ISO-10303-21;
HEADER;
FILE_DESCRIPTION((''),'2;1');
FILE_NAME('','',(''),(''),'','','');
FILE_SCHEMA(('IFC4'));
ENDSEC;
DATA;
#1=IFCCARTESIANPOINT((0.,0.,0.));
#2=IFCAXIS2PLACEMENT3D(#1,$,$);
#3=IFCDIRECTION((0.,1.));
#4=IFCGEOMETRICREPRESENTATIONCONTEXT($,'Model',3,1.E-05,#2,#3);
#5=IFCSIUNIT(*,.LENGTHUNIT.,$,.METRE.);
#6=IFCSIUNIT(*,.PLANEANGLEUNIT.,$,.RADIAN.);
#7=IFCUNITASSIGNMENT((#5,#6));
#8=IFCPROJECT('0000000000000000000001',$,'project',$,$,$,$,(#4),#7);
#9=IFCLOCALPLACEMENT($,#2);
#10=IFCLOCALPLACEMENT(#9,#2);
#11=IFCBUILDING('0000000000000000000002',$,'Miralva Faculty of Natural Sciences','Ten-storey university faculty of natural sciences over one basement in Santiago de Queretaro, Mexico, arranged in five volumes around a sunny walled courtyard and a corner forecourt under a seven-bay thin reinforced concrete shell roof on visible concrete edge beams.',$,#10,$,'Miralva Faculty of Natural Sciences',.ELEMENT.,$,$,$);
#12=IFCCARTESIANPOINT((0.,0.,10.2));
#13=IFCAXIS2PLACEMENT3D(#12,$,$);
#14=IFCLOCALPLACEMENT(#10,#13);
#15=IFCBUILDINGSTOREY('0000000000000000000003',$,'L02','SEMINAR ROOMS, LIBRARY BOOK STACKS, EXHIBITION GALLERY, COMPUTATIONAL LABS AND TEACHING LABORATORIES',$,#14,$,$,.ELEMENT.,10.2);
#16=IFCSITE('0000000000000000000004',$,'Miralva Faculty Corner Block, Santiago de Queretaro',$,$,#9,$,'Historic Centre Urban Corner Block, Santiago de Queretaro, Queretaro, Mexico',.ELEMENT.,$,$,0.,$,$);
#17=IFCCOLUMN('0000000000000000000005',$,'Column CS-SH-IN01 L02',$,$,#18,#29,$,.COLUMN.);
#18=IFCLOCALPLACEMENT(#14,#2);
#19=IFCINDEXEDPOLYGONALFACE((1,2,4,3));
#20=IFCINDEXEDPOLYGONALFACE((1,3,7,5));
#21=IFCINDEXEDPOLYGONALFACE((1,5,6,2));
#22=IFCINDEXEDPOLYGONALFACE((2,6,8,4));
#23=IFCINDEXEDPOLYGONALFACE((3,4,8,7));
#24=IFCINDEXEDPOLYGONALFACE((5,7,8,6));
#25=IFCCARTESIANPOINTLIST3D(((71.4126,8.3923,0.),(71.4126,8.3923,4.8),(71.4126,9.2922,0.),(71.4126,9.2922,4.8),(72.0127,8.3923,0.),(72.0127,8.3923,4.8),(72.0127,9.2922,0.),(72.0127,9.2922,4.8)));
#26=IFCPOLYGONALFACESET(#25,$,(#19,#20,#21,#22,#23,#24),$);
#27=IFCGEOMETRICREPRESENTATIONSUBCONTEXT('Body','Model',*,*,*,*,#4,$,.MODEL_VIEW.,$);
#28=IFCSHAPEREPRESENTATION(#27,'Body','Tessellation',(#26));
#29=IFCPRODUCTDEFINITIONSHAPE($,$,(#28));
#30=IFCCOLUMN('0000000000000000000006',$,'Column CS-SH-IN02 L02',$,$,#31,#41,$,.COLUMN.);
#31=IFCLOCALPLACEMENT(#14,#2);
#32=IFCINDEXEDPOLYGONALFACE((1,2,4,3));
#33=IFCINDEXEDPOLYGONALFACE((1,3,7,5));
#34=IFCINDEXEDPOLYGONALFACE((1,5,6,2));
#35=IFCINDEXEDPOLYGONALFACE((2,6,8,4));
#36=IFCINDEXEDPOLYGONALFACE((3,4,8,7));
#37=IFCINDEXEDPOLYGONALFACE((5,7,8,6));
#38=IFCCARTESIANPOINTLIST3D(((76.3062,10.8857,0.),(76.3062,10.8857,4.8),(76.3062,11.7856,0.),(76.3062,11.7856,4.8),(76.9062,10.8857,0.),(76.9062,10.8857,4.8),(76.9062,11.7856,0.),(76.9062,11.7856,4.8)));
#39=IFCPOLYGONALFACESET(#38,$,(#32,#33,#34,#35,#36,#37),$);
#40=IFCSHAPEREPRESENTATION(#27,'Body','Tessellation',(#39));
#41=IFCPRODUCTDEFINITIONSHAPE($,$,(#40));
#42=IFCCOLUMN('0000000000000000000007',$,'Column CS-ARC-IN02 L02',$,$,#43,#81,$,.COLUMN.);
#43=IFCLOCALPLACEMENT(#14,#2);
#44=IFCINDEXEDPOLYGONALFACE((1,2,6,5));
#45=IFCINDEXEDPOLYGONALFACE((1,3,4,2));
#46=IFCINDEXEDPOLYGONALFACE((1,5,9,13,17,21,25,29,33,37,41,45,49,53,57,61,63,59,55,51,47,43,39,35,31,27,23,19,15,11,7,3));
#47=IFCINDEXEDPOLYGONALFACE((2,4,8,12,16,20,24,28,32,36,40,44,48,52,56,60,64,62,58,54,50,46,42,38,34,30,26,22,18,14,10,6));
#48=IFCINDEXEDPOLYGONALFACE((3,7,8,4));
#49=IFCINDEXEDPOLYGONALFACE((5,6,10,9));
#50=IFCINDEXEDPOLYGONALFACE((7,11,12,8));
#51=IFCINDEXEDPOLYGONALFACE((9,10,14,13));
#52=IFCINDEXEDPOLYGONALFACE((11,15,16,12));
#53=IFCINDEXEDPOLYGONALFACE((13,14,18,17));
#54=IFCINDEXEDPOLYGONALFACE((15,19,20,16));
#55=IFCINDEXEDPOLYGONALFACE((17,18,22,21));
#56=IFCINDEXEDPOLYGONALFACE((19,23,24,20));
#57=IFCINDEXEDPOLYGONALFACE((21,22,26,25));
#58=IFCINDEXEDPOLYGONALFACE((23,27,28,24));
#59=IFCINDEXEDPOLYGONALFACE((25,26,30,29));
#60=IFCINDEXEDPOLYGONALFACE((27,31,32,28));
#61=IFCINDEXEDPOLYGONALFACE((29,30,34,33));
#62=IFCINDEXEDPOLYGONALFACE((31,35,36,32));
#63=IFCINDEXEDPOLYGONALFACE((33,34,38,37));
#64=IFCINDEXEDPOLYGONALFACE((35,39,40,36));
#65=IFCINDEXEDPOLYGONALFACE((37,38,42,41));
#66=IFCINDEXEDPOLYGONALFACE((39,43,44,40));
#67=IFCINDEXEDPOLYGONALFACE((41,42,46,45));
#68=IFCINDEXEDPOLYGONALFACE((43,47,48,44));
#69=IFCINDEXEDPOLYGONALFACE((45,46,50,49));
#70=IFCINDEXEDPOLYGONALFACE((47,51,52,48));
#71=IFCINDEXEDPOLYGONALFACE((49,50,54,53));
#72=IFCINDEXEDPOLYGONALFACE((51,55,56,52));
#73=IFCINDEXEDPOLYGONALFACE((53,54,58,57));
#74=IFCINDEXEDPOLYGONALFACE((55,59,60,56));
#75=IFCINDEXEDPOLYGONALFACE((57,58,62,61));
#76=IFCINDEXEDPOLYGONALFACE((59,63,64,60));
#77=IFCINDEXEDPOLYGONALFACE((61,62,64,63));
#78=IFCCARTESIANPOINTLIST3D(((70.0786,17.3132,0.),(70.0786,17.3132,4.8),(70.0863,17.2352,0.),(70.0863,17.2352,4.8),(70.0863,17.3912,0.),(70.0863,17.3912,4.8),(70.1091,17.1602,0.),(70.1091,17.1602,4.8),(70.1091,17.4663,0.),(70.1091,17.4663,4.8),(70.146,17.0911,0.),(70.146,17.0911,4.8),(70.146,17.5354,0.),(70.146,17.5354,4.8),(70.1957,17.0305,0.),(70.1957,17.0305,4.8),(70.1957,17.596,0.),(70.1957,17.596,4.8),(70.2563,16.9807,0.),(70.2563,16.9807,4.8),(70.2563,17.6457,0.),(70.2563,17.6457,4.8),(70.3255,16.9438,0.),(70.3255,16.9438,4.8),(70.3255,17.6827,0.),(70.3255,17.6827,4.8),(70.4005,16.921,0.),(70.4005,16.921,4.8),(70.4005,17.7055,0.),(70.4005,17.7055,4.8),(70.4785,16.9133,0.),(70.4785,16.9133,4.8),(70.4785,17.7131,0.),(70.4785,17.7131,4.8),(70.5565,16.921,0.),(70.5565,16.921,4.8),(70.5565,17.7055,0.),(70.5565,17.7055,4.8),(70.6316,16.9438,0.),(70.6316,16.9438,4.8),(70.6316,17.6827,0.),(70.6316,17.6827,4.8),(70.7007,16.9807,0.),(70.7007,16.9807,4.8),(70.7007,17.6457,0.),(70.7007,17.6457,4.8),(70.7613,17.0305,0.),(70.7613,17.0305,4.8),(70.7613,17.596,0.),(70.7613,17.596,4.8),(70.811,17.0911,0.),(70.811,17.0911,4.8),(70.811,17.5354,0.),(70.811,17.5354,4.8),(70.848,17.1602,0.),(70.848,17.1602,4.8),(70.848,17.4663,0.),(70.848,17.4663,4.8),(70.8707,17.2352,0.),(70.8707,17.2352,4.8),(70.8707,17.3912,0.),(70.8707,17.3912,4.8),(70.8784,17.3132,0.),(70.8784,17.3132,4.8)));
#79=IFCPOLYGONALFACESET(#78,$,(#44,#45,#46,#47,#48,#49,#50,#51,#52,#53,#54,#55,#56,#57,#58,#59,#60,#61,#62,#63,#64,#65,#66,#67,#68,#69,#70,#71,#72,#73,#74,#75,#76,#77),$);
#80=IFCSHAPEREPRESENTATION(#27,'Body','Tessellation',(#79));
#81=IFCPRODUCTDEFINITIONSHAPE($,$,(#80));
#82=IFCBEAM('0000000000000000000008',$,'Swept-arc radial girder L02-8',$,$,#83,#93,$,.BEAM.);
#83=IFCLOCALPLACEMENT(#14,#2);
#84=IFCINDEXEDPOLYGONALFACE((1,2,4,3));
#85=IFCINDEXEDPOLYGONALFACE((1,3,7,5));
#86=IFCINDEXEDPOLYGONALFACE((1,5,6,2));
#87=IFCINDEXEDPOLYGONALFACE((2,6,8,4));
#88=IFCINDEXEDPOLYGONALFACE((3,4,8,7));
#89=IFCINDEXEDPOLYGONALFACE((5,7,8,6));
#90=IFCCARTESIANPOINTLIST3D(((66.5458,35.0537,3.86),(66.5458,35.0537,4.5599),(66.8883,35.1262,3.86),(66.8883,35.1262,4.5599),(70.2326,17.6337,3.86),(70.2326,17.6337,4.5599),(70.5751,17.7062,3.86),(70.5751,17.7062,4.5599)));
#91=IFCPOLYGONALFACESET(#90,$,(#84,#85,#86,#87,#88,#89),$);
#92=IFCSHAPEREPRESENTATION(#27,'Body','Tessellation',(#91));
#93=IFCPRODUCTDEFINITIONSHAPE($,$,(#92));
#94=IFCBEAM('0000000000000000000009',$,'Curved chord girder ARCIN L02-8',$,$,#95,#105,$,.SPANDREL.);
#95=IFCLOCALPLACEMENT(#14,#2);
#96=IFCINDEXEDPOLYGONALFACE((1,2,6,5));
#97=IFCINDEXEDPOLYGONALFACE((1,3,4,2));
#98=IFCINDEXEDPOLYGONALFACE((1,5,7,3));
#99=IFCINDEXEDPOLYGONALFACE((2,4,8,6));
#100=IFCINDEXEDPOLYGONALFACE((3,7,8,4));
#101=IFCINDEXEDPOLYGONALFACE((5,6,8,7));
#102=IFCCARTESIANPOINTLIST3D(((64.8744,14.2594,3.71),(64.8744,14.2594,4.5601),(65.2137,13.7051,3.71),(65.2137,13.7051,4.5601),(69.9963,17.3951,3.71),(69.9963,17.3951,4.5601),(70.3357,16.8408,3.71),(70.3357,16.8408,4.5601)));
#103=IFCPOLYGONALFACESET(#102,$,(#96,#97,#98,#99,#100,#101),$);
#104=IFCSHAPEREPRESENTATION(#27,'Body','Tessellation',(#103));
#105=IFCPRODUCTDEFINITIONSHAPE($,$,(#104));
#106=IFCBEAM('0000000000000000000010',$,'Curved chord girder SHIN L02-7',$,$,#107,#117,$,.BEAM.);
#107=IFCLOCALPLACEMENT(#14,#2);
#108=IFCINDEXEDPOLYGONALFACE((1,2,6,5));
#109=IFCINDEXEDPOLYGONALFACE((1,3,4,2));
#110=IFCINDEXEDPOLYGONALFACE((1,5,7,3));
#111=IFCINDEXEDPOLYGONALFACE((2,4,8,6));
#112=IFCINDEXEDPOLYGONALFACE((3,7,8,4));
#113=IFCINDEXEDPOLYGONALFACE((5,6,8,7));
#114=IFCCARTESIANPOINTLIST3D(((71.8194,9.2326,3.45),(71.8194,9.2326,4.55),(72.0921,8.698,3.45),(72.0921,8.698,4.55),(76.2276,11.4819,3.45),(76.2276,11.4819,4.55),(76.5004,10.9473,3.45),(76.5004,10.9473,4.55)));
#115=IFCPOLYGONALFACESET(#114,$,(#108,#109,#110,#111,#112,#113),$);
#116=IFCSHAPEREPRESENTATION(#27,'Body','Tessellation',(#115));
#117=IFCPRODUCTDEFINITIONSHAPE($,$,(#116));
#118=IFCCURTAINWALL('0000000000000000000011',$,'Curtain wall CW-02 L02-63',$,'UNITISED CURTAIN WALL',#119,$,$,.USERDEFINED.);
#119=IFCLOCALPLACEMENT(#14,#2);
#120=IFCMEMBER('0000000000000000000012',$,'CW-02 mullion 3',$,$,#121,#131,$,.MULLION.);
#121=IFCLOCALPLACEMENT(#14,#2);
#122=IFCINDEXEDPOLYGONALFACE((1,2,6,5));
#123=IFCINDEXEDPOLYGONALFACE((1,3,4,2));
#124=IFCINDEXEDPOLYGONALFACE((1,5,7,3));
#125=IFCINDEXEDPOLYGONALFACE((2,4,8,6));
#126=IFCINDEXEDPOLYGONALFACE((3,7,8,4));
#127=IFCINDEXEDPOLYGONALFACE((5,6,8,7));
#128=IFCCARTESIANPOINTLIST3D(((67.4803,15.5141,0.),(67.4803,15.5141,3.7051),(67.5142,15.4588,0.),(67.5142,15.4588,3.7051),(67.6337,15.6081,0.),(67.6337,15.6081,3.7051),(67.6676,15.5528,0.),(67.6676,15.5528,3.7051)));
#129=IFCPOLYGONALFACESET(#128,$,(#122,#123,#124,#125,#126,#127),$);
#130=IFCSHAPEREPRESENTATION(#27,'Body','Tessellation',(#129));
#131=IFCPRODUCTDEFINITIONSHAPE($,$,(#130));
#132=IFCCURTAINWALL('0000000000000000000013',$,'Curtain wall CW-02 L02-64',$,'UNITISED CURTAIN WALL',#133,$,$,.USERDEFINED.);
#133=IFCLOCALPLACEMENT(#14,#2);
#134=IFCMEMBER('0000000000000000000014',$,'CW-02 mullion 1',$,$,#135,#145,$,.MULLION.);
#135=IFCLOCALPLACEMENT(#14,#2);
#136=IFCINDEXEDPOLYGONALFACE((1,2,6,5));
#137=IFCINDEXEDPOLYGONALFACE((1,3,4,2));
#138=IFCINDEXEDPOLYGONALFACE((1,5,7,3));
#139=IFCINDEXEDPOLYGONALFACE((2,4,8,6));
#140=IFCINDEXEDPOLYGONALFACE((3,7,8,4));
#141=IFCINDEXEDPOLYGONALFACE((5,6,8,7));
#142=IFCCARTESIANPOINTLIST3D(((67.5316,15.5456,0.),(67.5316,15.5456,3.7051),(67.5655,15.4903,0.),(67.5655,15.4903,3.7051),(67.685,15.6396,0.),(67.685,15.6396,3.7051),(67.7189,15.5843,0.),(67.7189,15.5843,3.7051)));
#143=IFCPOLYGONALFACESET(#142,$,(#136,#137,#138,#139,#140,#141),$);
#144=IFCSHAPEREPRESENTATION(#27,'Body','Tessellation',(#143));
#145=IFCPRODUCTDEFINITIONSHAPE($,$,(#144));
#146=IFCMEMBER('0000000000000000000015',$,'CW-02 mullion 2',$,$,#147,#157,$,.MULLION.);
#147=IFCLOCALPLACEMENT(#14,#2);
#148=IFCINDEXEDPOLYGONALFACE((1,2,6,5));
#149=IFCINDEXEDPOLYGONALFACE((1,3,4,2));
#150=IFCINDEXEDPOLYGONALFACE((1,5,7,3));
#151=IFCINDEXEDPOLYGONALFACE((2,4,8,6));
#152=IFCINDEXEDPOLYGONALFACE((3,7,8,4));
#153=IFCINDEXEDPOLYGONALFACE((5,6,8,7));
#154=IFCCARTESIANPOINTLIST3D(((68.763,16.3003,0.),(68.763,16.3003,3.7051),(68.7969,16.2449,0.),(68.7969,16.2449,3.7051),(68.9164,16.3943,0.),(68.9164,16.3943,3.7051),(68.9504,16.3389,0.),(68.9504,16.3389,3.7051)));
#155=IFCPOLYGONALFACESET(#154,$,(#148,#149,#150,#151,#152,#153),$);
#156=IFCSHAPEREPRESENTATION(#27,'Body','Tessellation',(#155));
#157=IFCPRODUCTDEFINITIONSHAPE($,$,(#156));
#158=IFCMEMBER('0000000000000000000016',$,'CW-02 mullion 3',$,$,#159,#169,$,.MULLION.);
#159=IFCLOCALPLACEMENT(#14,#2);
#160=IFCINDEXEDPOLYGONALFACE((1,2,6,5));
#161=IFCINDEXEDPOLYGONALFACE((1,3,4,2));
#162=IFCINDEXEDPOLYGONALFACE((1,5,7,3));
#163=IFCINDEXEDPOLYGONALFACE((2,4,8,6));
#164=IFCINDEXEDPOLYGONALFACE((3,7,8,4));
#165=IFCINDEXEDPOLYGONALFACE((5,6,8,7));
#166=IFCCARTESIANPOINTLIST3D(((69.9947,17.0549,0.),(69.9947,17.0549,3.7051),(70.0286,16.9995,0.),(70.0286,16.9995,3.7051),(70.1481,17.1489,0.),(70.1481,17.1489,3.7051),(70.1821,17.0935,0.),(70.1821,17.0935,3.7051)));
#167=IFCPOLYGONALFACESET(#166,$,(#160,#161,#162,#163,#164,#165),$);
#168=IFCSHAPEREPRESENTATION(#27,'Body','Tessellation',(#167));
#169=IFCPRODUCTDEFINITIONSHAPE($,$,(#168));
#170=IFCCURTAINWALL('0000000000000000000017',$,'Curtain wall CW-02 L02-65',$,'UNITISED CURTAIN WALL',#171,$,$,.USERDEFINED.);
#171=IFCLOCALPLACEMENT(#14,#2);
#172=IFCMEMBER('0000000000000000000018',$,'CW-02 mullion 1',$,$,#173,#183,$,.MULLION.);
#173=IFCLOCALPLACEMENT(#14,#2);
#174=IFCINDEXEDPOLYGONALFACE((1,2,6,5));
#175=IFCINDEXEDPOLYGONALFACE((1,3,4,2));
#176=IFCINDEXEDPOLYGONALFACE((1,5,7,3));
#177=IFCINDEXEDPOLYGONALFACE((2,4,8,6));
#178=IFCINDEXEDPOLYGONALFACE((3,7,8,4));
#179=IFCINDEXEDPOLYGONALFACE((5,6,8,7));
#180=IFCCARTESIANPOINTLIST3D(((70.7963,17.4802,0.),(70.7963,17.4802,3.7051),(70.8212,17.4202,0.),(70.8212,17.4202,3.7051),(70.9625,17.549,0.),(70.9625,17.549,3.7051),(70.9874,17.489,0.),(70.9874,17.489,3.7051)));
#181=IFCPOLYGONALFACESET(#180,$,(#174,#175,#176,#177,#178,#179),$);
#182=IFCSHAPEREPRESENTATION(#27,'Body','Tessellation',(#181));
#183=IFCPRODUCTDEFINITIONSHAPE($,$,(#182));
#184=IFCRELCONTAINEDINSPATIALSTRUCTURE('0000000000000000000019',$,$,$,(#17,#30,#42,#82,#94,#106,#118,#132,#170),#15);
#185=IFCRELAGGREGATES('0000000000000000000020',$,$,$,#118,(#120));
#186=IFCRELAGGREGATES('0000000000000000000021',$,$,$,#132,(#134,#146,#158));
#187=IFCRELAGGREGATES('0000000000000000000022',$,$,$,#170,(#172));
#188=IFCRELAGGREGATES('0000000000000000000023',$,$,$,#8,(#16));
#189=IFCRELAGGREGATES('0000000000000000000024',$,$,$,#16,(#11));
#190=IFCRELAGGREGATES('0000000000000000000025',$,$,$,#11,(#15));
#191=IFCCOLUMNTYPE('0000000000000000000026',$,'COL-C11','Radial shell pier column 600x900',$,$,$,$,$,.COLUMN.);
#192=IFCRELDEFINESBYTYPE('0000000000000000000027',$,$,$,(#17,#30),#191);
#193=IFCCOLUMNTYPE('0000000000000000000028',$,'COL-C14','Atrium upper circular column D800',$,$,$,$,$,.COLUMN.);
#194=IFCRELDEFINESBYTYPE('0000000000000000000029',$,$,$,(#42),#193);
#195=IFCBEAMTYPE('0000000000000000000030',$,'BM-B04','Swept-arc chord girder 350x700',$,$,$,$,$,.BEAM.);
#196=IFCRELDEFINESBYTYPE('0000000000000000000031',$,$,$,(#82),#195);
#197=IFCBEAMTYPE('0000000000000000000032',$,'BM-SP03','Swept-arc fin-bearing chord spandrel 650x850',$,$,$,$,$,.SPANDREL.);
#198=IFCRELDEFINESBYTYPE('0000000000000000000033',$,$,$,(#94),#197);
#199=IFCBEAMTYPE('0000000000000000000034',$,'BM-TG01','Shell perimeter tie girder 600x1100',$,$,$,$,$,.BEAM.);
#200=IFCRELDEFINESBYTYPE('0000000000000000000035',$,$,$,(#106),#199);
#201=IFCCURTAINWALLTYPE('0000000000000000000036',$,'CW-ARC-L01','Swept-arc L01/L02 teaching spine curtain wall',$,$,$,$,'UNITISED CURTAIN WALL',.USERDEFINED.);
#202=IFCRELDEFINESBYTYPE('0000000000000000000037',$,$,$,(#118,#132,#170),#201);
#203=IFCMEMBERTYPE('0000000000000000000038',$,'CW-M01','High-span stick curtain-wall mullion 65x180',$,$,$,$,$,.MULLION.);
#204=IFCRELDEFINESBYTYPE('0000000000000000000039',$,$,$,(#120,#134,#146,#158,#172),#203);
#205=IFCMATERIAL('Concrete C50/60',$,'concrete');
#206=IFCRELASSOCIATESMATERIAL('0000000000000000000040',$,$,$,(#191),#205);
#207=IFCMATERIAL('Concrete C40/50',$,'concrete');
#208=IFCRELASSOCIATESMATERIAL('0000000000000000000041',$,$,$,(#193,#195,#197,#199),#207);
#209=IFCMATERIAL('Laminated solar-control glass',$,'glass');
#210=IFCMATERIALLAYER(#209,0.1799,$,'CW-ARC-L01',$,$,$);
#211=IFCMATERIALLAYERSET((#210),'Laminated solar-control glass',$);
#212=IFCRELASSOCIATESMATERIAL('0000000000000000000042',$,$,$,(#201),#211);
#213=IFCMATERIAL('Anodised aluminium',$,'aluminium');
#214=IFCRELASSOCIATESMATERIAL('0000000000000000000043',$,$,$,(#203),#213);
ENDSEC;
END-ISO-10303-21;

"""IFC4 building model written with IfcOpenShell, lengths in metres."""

from ifc_helpers import new_model, si_unit, direction, frame, origin, origin_2d, place, context, subcontext, project, spatial, rectangle, circle, extrude, material, layer, layer_set, material_profile, profile_set, type_object, element, aggregate, save


model = new_model("IFC4")

# Units and contexts
model_context = context("Model", 3, precision=1e-05, world=origin(), true_north=direction((0.0, 1.0)))
body_context = subcontext(model_context, "Body", "Model", "MODEL_VIEW")
ifc_project = project(units=[si_unit("LENGTHUNIT", "METRE"), si_unit("PLANEANGLEUNIT", "RADIAN")], contexts=[model_context])

# Site, building, storey
site_placement = place(None, origin())
site = spatial("IfcSite", under=ifc_project, at=site_placement, Name="Miralva Faculty Corner Block, Santiago de Queretaro", LongName="Historic Centre Urban Corner Block, Santiago de Queretaro, Queretaro, Mexico", CompositionType="ELEMENT", RefElevation=0.0)
building_placement = place(site_placement, origin())
building = spatial("IfcBuilding", under=site, at=building_placement, Name="Miralva Faculty of Natural Sciences", Description="Ten-storey university faculty of natural sciences over one basement in Santiago de Queretaro, Mexico, arranged in five volumes around a sunny walled courtyard and a corner forecourt under a seven-bay thin reinforced concrete shell roof on visible concrete edge beams.", LongName="Miralva Faculty of Natural Sciences", CompositionType="ELEMENT")
storey_placement = place(building_placement, frame((0.0, 0.0, 10.2)))
storey = spatial("IfcBuildingStorey", under=building, at=storey_placement, Name="L02", Description="SEMINAR ROOMS, LIBRARY BOOK STACKS, EXHIBITION GALLERY, COMPUTATIONAL LABS AND TEACHING LABORATORIES", CompositionType="ELEMENT", Elevation=10.2)

# Columns
ifc_material_1 = material(Name="Concrete C50/60", Category="concrete")
ifc_material_profile_1 = material_profile(ifc_material_1, rectangle(XDim=0.6001, YDim=0.8999, at=origin_2d()), Name="RC 600x900")
ifc_profile_set_1 = profile_set([ifc_material_profile_1], Name="Concrete C50/60")
column_type_1 = type_object("IfcColumnType", Name="COL-C11", Description="Radial shell pier column 600x900", PredefinedType="COLUMN", material=ifc_profile_set_1)
for number, where, z_axis, x_axis, name in (
    (1, (71.7126, 8.8423, 0.0), (0.0, 0.0, 1.0), (1.0, 0.0, 0.0), "Column CS-SH-IN01 L02"),
    (2, (76.6062, 11.3357, 0.0), (0.0, 0.0, 1.0), (1.0, 0.0, 0.0), "Column CS-SH-IN02 L02"),
):
    element("IfcColumn", number, at=place(storey_placement, frame(where, z_axis=z_axis, x_axis=x_axis)), inside=storey, type_object=column_type_1, Name=name, PredefinedType="COLUMN", context=body_context, shape_type="SweptSolid", body=[
        extrude(rectangle(XDim=0.6001, YDim=0.8999, at=origin_2d()), origin(), (0.0, 0.0, 1.0), 4.8),
    ])
ifc_material_2 = material(Name="Concrete C40/50", Category="concrete")
ifc_material_profile_2 = material_profile(ifc_material_2, circle(Radius=0.3999, at=origin_2d()), Name="RC DIA 800")
ifc_profile_set_2 = profile_set([ifc_material_profile_2], Name="Concrete C40/50")
column_type_2 = type_object("IfcColumnType", Name="COL-C14", Description="Atrium upper circular column D800", PredefinedType="COLUMN", material=ifc_profile_set_2)
column_placement = place(storey_placement, frame((70.4785, 17.3132, 0.0), z_axis=(0.0, 0.0, 1.0), x_axis=(1.0, 0.0, 0.0)))
element("IfcColumn", 3, at=column_placement, inside=storey, type_object=column_type_2, Name="Column CS-ARC-IN02 L02", PredefinedType="COLUMN", context=body_context, shape_type="SweptSolid", body=[
    extrude(circle(Radius=0.3999, at=origin_2d()), origin(), (0.0, 0.0, 1.0), 4.8),
])

# Beams
ifc_material_profile_3 = material_profile(ifc_material_2, rectangle(XDim=0.3501, YDim=0.7, at=origin_2d()), Name="RC 350x700")
ifc_profile_set_3 = profile_set([ifc_material_profile_3], Name="Concrete C40/50")
beam_type_1 = type_object("IfcBeamType", Name="BM-B04", Description="Swept-arc chord girder 350x700", PredefinedType="BEAM", material=ifc_profile_set_3)
beam_1_placement = place(storey_placement, frame((70.4038, 17.6699, 4.21), z_axis=(-0.207052, 0.97833, 0.0), x_axis=(-0.97833, -0.207052, 0.0)))
element("IfcBeam", 4, at=beam_1_placement, inside=storey, type_object=beam_type_1, Name="Swept-arc radial girder L02-8", PredefinedType="BEAM", context=body_context, shape_type="SweptSolid", body=[
    extrude(rectangle(XDim=0.3501, YDim=0.7, at=origin_2d()), origin(), (0.0, 0.0, 1.0), 17.8059),
])
ifc_material_profile_4 = material_profile(ifc_material_2, rectangle(XDim=0.6499, YDim=0.8501, at=origin_2d()), Name="RC 650x850")
ifc_profile_set_4 = profile_set([ifc_material_profile_4], Name="Concrete C40/50")
beam_type_2 = type_object("IfcBeamType", Name="BM-SP03", Description="Swept-arc fin-bearing chord spandrel 650x850", PredefinedType="SPANDREL", material=ifc_profile_set_4)
beam_2_placement = place(storey_placement, frame((70.166, 17.1179, 4.135), z_axis=(-0.852868, -0.522127, 0.0), x_axis=(0.522127, -0.852868, 0.0)))
element("IfcBeam", 5, at=beam_2_placement, inside=storey, type_object=beam_type_2, Name="Curved chord girder ARCIN L02-8", PredefinedType="SPANDREL", context=body_context, shape_type="SweptSolid", body=[
    extrude(rectangle(XDim=0.6499, YDim=0.8501, at=origin_2d()), origin(), (0.0, 0.0, 1.0), 6.0056),
])
ifc_material_profile_5 = material_profile(ifc_material_2, rectangle(XDim=0.6001, YDim=1.1001, at=origin_2d()), Name="RC 600x1100")
ifc_profile_set_5 = profile_set([ifc_material_profile_5], Name="Concrete C40/50")
beam_type_3 = type_object("IfcBeamType", Name="BM-TG01", Description="Shell perimeter tie girder 600x1100", PredefinedType="BEAM", material=ifc_profile_set_5)
beam_3_placement = place(storey_placement, frame((76.364, 11.2146, 4.0), z_axis=(-0.890747, -0.4545, 0.0), x_axis=(0.4545, -0.890747, 0.0)))
element("IfcBeam", 6, at=beam_3_placement, inside=storey, type_object=beam_type_3, Name="Curved chord girder SHIN L02-7", PredefinedType="BEAM", context=body_context, shape_type="SweptSolid", body=[
    extrude(rectangle(XDim=0.6001, YDim=1.1001, at=origin_2d()), origin(), (0.0, 0.0, 1.0), 4.949),
])

# Curtain wall, member
ifc_material_3 = material(Name="Laminated solar-control glass", Category="glass")
ifc_layer_1 = layer(ifc_material_3, 0.1799, Name="CW-ARC-L01")
ifc_layer_set_1 = layer_set([ifc_layer_1], Name="Laminated solar-control glass")
curtain_wall_type = type_object("IfcCurtainWallType", Name="CW-ARC-L01", Description="Swept-arc L01/L02 teaching spine curtain wall", ElementType="UNITISED CURTAIN WALL", PredefinedType="USERDEFINED", material=ifc_layer_set_1)
curtain_wall_1_placement = place(storey_placement, origin())
curtain_wall_1 = element("IfcCurtainWall", 7, at=curtain_wall_1_placement, inside=storey, type_object=curtain_wall_type, Name="Curtain wall CW-02 L02-63", ObjectType="UNITISED CURTAIN WALL", PredefinedType="USERDEFINED")
ifc_material_4 = material(Name="Anodised aluminium", Category="aluminium")
ifc_material_profile_6 = material_profile(ifc_material_4, rectangle(XDim=0.0649, YDim=0.1799, at=origin_2d()), Name="MULLION 65x180")
ifc_profile_set_6 = profile_set([ifc_material_profile_6], Name="Anodised aluminium")
member_type_1 = type_object("IfcMemberType", Name="CW-M01", Description="High-span stick curtain-wall mullion 65x180", PredefinedType="MULLION", material=ifc_profile_set_6)
member_1_placement = place(storey_placement, frame((67.574, 15.5334, 0.0), z_axis=(0.0, 0.0, 1.0), x_axis=(-0.522498, 0.852641, 0.0)))
member_1 = element("IfcMember", 8, at=member_1_placement, type_object=member_type_1, Name="CW-02 mullion 3", PredefinedType="MULLION", context=body_context, shape_type="SweptSolid", body=[
    extrude(rectangle(XDim=0.0649, YDim=0.1799, at=origin_2d()), origin(), (0.0, 0.0, 1.0), 3.7051),
])

# Curtain wall, members
curtain_wall_2_placement = place(storey_placement, origin())
curtain_wall_2 = element("IfcCurtainWall", 9, at=curtain_wall_2_placement, inside=storey, type_object=curtain_wall_type, Name="Curtain wall CW-02 L02-64", ObjectType="UNITISED CURTAIN WALL", PredefinedType="USERDEFINED")
member_2_placement = place(storey_placement, frame((67.6252, 15.5649, 0.0), z_axis=(0.0, 0.0, 1.0), x_axis=(-0.522474, 0.852655, 0.0)))
member_2 = element("IfcMember", 10, at=member_2_placement, type_object=member_type_1, Name="CW-02 mullion 1", PredefinedType="MULLION", context=body_context, shape_type="SweptSolid", body=[
    extrude(rectangle(XDim=0.0649, YDim=0.1799, at=origin_2d()), origin(), (0.0, 0.0, 1.0), 3.7051),
])
member_3_placement = place(storey_placement, frame((68.8567, 16.3196, 0.0), z_axis=(0.0, 0.0, 1.0), x_axis=(-0.522474, 0.852655, 0.0)))
member_3 = element("IfcMember", 11, at=member_3_placement, type_object=member_type_1, Name="CW-02 mullion 2", PredefinedType="MULLION", context=body_context, shape_type="SweptSolid", body=[
    extrude(rectangle(XDim=0.0649, YDim=0.1799, at=origin_2d()), origin(), (0.0, 0.0, 1.0), 3.7051),
])
member_4_placement = place(storey_placement, frame((70.0884, 17.0742, 0.0), z_axis=(0.0, 0.0, 1.0), x_axis=(-0.522474, 0.852655, 0.0)))
member_4 = element("IfcMember", 12, at=member_4_placement, type_object=member_type_1, Name="CW-02 mullion 3", PredefinedType="MULLION", context=body_context, shape_type="SweptSolid", body=[
    extrude(rectangle(XDim=0.0649, YDim=0.1799, at=origin_2d()), origin(), (0.0, 0.0, 1.0), 3.7051),
])

# Curtain wall, member
curtain_wall_3_placement = place(storey_placement, origin())
curtain_wall_3 = element("IfcCurtainWall", 13, at=curtain_wall_3_placement, inside=storey, type_object=curtain_wall_type, Name="Curtain wall CW-02 L02-65", ObjectType="UNITISED CURTAIN WALL", PredefinedType="USERDEFINED")
member_5_placement = place(storey_placement, frame((70.8918, 17.4846, 0.0), z_axis=(0.0, 0.0, 1.0), x_axis=(-0.382697, 0.923874, 0.0)))
member_5 = element("IfcMember", 14, at=member_5_placement, type_object=member_type_1, Name="CW-02 mullion 1", PredefinedType="MULLION", context=body_context, shape_type="SweptSolid", body=[
    extrude(rectangle(XDim=0.0649, YDim=0.1799, at=origin_2d()), origin(), (0.0, 0.0, 1.0), 3.7051),
])

aggregate(curtain_wall_1, [member_1])
aggregate(curtain_wall_2, [member_2, member_3, member_4])
aggregate(curtain_wall_3, [member_5])

save(model, "model.ifc")
